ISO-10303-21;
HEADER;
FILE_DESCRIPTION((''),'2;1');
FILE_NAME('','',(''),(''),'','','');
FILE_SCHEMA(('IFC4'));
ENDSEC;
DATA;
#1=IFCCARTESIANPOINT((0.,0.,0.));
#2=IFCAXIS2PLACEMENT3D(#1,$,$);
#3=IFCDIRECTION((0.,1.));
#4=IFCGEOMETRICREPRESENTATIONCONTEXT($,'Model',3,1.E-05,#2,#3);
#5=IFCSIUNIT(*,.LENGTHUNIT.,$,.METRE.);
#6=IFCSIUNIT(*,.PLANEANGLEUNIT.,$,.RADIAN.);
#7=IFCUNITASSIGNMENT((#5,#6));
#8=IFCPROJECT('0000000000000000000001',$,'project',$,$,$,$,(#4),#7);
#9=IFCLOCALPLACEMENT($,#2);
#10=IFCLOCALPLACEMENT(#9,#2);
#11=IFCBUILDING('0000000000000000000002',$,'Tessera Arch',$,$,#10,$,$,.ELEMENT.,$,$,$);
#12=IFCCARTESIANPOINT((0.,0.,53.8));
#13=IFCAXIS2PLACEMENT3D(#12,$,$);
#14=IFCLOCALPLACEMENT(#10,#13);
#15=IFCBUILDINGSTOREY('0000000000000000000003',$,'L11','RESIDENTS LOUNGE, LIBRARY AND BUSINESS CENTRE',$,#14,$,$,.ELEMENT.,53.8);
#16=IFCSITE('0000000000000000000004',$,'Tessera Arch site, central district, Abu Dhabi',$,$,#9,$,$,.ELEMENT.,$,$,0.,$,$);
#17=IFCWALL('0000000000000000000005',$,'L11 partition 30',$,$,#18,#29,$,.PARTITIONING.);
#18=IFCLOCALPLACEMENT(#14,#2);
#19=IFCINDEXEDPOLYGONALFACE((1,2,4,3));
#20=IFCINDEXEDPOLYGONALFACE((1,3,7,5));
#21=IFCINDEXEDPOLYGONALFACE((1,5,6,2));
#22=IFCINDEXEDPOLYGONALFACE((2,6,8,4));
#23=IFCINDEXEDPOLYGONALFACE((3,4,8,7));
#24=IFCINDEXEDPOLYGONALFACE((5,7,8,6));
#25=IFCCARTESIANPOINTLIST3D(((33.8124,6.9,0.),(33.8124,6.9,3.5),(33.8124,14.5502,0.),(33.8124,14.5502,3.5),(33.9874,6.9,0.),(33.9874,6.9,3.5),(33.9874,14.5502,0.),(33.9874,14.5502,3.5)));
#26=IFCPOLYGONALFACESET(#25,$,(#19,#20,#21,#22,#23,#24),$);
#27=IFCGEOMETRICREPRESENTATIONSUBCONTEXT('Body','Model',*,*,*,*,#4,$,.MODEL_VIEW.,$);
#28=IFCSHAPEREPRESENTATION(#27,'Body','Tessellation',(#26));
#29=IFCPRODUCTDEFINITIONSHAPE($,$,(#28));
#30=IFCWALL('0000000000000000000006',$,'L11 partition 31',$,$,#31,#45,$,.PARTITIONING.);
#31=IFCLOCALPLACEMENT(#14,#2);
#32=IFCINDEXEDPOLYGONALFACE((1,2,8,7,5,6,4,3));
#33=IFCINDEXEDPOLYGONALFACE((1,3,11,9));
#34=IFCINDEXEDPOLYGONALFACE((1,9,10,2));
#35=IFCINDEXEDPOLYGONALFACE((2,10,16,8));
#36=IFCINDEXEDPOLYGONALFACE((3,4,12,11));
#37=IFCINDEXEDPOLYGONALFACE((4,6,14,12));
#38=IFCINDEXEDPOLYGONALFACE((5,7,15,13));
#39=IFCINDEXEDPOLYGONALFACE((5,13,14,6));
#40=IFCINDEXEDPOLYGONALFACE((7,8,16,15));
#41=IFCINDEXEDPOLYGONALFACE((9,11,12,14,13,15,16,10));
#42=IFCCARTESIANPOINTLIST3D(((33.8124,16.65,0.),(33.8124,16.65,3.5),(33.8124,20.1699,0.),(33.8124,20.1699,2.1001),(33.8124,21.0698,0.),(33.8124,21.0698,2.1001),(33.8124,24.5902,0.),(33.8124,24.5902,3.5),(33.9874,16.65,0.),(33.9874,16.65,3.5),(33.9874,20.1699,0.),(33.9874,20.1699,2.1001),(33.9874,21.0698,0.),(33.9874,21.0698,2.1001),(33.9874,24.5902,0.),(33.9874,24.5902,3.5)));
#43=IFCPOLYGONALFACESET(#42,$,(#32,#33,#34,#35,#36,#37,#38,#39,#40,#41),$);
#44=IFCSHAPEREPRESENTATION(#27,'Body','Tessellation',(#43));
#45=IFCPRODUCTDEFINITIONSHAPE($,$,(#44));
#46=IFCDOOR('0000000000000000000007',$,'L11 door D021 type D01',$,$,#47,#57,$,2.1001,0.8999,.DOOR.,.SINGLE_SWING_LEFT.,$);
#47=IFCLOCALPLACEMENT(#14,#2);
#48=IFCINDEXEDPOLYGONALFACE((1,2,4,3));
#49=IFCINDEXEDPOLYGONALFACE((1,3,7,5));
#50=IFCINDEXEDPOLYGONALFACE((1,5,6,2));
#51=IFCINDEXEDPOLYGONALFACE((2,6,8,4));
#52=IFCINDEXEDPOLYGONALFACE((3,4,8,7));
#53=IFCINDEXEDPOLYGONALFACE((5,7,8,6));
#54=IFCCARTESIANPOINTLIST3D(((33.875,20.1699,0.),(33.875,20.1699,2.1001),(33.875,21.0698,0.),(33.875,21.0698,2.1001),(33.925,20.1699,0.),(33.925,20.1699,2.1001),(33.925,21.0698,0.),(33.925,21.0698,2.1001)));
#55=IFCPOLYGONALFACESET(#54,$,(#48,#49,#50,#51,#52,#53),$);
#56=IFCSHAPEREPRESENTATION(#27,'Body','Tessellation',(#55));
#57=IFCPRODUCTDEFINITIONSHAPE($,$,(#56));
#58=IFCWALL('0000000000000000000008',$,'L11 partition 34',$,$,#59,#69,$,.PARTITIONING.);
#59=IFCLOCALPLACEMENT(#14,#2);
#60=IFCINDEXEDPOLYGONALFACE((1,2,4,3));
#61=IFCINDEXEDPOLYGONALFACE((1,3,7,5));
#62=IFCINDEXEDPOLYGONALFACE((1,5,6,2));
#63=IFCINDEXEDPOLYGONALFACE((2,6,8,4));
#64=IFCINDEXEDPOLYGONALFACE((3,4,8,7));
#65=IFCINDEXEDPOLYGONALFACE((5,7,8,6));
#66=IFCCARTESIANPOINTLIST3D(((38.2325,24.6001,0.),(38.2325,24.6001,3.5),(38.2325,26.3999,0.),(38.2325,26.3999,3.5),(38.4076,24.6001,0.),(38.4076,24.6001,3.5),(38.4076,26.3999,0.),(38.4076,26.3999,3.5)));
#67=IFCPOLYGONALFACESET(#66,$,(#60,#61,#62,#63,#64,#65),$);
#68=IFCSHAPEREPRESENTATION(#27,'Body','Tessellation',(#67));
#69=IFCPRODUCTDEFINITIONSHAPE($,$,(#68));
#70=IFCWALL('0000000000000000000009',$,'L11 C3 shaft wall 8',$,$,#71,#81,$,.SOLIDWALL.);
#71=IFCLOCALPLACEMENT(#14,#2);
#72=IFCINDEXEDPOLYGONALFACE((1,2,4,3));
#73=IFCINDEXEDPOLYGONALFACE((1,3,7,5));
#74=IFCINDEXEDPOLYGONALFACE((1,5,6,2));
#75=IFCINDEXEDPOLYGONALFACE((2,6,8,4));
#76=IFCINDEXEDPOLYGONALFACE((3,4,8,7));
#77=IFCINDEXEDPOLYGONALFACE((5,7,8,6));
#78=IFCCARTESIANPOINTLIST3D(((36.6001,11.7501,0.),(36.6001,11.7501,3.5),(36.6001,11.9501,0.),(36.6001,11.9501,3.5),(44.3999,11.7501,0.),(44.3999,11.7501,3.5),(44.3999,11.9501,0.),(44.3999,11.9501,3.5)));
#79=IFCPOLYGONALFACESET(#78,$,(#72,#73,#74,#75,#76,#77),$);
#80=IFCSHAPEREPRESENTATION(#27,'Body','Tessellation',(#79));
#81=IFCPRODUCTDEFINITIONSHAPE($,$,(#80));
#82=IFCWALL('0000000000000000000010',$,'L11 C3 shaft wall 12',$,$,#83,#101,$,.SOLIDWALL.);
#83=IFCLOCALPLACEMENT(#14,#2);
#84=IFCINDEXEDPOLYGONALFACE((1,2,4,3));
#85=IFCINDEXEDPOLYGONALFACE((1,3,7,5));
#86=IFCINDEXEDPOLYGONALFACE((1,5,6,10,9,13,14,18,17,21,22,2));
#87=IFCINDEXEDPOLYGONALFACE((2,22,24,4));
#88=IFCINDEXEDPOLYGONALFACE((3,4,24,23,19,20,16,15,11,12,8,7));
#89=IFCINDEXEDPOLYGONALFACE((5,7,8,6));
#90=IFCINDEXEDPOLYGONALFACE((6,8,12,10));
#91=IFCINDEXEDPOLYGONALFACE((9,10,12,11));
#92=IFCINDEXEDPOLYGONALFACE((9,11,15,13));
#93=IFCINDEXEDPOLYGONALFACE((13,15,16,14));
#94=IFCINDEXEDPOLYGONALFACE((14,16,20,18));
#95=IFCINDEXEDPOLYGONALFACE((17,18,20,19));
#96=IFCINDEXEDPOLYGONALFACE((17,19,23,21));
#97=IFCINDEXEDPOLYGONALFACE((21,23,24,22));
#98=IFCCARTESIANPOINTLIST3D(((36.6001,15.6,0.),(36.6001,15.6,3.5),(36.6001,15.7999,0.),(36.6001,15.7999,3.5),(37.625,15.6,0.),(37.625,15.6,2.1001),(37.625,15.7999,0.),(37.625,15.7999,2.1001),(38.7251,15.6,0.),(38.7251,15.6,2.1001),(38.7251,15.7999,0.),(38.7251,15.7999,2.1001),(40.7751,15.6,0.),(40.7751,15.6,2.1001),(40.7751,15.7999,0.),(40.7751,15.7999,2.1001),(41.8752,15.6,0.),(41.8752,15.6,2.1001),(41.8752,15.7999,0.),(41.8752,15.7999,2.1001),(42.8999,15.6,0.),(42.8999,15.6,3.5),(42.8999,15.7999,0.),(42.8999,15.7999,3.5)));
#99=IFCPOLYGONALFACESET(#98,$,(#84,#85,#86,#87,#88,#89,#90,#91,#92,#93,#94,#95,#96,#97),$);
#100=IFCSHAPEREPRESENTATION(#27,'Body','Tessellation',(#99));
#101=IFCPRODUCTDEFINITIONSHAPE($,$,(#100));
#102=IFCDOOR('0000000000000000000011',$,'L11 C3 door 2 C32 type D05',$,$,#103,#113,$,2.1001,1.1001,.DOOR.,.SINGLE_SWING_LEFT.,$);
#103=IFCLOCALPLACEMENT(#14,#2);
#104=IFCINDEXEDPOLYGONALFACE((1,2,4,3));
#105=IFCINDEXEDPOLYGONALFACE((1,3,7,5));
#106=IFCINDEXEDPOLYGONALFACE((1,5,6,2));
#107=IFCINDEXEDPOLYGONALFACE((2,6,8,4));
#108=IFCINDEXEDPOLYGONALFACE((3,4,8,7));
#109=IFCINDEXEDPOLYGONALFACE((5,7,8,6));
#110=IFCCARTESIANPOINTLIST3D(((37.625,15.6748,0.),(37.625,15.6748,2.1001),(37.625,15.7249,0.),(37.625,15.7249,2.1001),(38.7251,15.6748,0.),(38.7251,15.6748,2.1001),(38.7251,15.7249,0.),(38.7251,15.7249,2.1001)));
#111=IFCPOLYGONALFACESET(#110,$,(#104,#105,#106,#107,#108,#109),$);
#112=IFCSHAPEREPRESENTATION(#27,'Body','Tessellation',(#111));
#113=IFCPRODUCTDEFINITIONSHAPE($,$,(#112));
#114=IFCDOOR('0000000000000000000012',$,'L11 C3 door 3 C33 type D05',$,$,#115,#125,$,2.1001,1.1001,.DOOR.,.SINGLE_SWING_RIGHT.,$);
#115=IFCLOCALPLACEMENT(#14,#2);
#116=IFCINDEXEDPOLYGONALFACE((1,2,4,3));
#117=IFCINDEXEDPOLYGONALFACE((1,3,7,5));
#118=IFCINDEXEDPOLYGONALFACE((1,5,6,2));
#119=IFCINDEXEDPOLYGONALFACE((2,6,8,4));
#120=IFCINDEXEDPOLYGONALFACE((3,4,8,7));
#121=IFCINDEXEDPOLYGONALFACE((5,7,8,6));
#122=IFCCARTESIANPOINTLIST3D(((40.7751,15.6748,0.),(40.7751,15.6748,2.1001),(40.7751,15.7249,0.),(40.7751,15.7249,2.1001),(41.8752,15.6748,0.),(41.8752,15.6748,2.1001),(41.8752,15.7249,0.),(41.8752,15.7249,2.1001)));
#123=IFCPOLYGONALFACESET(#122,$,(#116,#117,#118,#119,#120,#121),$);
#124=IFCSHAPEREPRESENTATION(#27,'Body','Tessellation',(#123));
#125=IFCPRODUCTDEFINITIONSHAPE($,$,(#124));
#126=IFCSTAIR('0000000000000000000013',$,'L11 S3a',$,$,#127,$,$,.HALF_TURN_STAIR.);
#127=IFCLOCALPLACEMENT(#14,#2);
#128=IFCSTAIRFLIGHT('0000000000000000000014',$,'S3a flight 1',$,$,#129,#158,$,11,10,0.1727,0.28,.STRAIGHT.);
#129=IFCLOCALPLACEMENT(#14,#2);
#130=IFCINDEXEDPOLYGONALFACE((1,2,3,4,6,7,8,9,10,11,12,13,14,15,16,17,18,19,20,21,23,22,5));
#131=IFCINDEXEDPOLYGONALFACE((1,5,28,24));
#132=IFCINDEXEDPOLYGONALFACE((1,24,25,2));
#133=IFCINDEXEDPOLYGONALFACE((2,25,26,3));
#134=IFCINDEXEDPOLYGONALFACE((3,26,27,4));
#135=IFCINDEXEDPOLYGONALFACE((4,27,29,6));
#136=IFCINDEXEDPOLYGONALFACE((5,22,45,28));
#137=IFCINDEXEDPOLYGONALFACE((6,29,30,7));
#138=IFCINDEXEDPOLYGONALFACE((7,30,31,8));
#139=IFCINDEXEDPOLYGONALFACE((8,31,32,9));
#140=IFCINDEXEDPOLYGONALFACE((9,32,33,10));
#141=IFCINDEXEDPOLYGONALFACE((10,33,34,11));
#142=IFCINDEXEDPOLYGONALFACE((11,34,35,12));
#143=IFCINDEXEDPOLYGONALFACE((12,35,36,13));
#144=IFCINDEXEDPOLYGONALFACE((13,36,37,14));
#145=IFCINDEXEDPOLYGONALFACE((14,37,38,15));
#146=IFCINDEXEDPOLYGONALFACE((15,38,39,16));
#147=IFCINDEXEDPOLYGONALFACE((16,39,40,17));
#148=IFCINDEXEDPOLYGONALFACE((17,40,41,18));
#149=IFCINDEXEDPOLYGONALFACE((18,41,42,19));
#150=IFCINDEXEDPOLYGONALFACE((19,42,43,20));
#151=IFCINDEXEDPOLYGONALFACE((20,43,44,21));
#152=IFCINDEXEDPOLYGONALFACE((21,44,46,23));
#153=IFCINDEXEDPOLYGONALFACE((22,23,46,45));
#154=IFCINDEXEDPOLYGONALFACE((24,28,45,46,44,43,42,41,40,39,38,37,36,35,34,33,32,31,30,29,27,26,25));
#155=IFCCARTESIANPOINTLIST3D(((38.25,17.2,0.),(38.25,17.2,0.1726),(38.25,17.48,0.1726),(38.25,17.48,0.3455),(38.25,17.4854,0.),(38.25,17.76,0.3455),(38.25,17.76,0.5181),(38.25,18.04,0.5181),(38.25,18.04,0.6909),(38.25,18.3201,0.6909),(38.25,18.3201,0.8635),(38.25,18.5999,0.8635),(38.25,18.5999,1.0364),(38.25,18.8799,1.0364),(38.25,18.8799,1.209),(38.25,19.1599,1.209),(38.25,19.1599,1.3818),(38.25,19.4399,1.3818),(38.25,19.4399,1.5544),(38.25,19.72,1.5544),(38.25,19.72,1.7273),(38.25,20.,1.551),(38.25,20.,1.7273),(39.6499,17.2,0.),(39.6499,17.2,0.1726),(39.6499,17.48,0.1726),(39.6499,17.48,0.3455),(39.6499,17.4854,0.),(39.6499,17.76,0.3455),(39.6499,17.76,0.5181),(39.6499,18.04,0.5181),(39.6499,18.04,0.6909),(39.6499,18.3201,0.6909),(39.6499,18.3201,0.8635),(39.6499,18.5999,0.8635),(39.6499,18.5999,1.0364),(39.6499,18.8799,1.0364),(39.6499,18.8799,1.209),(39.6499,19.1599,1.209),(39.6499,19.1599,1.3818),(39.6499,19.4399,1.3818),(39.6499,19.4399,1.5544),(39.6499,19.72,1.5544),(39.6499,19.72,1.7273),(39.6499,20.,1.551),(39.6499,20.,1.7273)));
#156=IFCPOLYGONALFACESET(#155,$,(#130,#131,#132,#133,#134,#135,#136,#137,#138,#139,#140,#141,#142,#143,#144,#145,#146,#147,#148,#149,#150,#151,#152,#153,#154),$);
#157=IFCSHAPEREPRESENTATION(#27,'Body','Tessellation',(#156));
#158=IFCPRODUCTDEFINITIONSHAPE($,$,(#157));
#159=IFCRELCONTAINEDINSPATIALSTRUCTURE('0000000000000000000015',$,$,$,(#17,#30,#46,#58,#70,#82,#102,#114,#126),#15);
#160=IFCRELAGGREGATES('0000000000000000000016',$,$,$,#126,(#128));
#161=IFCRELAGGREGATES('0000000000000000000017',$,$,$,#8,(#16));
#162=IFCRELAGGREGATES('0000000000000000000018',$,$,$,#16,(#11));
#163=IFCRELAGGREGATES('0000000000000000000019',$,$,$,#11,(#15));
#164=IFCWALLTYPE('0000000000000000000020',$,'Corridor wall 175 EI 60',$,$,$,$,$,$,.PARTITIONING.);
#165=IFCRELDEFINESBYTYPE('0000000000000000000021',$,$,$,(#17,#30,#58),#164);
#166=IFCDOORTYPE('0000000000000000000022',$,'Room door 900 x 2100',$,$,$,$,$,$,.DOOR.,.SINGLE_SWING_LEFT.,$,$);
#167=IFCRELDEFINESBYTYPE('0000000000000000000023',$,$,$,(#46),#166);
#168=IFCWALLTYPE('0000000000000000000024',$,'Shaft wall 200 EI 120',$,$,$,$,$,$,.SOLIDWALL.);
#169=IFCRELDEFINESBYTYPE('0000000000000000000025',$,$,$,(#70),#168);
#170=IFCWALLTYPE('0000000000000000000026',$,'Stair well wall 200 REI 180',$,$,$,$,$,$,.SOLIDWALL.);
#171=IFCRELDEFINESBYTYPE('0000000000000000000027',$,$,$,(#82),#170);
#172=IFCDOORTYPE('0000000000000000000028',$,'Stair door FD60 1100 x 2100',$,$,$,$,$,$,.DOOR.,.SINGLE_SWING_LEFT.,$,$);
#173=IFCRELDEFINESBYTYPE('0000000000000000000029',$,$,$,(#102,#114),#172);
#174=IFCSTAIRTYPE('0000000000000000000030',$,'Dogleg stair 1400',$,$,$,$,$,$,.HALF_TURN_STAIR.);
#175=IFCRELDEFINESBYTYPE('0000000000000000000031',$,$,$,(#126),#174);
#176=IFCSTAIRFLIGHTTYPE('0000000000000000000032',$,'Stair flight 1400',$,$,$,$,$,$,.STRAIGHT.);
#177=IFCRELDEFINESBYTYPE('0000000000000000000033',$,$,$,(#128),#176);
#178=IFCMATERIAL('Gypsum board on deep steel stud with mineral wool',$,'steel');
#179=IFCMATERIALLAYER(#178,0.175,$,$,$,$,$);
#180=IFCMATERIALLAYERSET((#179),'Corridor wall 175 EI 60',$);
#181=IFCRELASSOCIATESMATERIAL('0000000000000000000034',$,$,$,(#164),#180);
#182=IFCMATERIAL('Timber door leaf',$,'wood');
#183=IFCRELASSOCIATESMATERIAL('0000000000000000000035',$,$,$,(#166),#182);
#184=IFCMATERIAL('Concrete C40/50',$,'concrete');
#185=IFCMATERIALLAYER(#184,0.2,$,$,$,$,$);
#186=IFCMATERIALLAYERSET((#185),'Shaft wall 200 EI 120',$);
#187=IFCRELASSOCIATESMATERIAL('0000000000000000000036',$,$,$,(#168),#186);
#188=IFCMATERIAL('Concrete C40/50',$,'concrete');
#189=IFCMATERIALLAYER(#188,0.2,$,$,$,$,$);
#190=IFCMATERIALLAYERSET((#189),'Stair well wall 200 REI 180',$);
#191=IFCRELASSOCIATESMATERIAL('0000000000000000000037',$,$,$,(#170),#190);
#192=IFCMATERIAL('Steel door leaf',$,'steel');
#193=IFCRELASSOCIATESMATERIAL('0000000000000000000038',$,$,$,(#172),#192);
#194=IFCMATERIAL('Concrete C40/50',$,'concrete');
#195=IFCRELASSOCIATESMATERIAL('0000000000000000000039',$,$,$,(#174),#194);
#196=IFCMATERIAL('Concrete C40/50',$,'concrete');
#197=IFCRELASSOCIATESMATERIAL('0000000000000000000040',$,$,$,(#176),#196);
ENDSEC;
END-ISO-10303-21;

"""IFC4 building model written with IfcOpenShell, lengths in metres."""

from ifc_helpers import new_model, si_unit, direction, frame, frame_2d, origin, place, context, subcontext, project, spatial, polyline, rectangle, outline, extrude, material, layer, layer_set, type_object, element, fill, aggregate, save


model = new_model("IFC4")

# Units and contexts
model_context = context("Model", 3, precision=1e-05, world=origin(), true_north=direction((0.0, 1.0)))
body_context = subcontext(model_context, "Body", "Model", "MODEL_VIEW")
ifc_project = project(units=[si_unit("LENGTHUNIT", "METRE"), si_unit("PLANEANGLEUNIT", "RADIAN")], contexts=[model_context])

# Site, building, storey
site_placement = place(None, origin())
site = spatial("IfcSite", under=ifc_project, at=site_placement, Name="Tessera Arch site, central district, Abu Dhabi", CompositionType="ELEMENT", RefElevation=0.0)
building_placement = place(site_placement, origin())
building = spatial("IfcBuilding", under=site, at=building_placement, Name="Tessera Arch", CompositionType="ELEMENT")
storey_placement = place(building_placement, frame((0.0, 0.0, 53.8)))
storey = spatial("IfcBuildingStorey", under=building, at=storey_placement, Name="L11", Description="RESIDENTS LOUNGE, LIBRARY AND BUSINESS CENTRE", CompositionType="ELEMENT", Elevation=53.8)

# Shared definitions
ifc_material_1 = material(Name="Gypsum board on deep steel stud with mineral wool", Category="steel")
ifc_layer_1 = layer(ifc_material_1, 0.175)
ifc_layer_set_1 = layer_set([ifc_layer_1], Name="Corridor wall 175 EI 60")
wall_type_1 = type_object("IfcWallType", Name="Corridor wall 175 EI 60", PredefinedType="PARTITIONING", material=ifc_layer_set_1)

# Wall
wall_1_placement = place(storey_placement, frame((33.8999, 6.8999, 0.0), z_axis=(0.0, 0.0, 1.0), x_axis=(0.0, 1.0, 0.0)))
element("IfcWall", 1, at=wall_1_placement, inside=storey, type_object=wall_type_1, Name="L11 partition 30", PredefinedType="PARTITIONING", context=body_context, shape_type="SweptSolid", body=[
    extrude(rectangle(XDim=7.6501, YDim=0.175, at=frame_2d((3.8252, 0.0))), origin(), (0.0, 0.0, 1.0), 3.5),
])

# Wall, opening, door
wall_2_placement = place(storey_placement, frame((33.8999, 16.6499, 0.0), z_axis=(0.0, 0.0, 1.0), x_axis=(0.0, 1.0, 0.0)))
wall_2 = element("IfcWall", 2, at=wall_2_placement, inside=storey, type_object=wall_type_1, Name="L11 partition 31", PredefinedType="PARTITIONING", context=body_context, shape_type="SweptSolid", body=[
    extrude(rectangle(XDim=7.9402, YDim=0.175, at=frame_2d((3.9702, 0.0))), origin(), (0.0, 0.0, 1.0), 3.5),
])
opening_1_placement = place(wall_2_placement, frame((3.52, 0.0, 0.0)))
opening_1 = element("IfcOpeningElement", 3, at=opening_1_placement, cuts=wall_2, PredefinedType="OPENING", context=body_context, shape_type="SweptSolid", body=[
    extrude(rectangle(XDim=0.8999, YDim=2.1001, at=frame_2d((0.45, 1.05))), frame((0.0, 0.0974, 0.0), z_axis=(0.0, -1.0, 0.0), x_axis=(1.0, 0.0, 0.0)), (0.0, 0.0, 1.0), 0.1951),
])
ifc_material_2 = material(Name="Timber door leaf", Category="wood")
door_type_1 = type_object("IfcDoorType", Name="Room door 900 x 2100", OperationType="SINGLE_SWING_LEFT", PredefinedType="DOOR", material=ifc_material_2)
door_1_placement = place(opening_1_placement, origin())
door_1 = element("IfcDoor", 4, at=door_1_placement, inside=storey, type_object=door_type_1, Name="L11 door D021 type D01", OperationType="SINGLE_SWING_LEFT", OverallHeight=2.1001, OverallWidth=0.8999, PredefinedType="DOOR", context=body_context, shape_type="SweptSolid", body=[
    extrude(rectangle(XDim=0.8999, YDim=2.1001, at=frame_2d((0.45, 1.05))), frame((0.0, 0.0249, 0.0), z_axis=(0.0, -1.0, 0.0), x_axis=(1.0, 0.0, 0.0)), (0.0, 0.0, 1.0), 0.05),
])
fill(opening_1, door_1)

# Walls
wall_3_placement = place(storey_placement, frame((38.3201, 24.6001, 0.0), z_axis=(0.0, 0.0, 1.0), x_axis=(0.0, 1.0, 0.0)))
element("IfcWall", 5, at=wall_3_placement, inside=storey, type_object=wall_type_1, Name="L11 partition 34", PredefinedType="PARTITIONING", context=body_context, shape_type="SweptSolid", body=[
    extrude(rectangle(XDim=1.7998, YDim=0.175, at=frame_2d((0.8999, 0.0))), origin(), (0.0, 0.0, 1.0), 3.5),
])
ifc_material_3 = material(Name="Concrete C40/50", Category="concrete")
ifc_layer_2 = layer(ifc_material_3, 0.2)
ifc_layer_set_2 = layer_set([ifc_layer_2], Name="Shaft wall 200 EI 120")
wall_type_2 = type_object("IfcWallType", Name="Shaft wall 200 EI 120", PredefinedType="SOLIDWALL", material=ifc_layer_set_2)
wall_4_placement = place(storey_placement, frame((36.6001, 11.8501, 0.0), z_axis=(0.0, 0.0, 1.0), x_axis=(1.0, 0.0, 0.0)))
element("IfcWall", 6, at=wall_4_placement, inside=storey, type_object=wall_type_2, Name="L11 C3 shaft wall 8", PredefinedType="SOLIDWALL", context=body_context, shape_type="SweptSolid", body=[
    extrude(rectangle(XDim=7.7998, YDim=0.2, at=frame_2d((3.8999, 0.0))), origin(), (0.0, 0.0, 1.0), 3.5),
])

# Wall, openings, doors
ifc_material_4 = material(Name="Concrete C40/50", Category="concrete")
ifc_layer_3 = layer(ifc_material_4, 0.2)
ifc_layer_set_3 = layer_set([ifc_layer_3], Name="Stair well wall 200 REI 180")
wall_type_3 = type_object("IfcWallType", Name="Stair well wall 200 REI 180", PredefinedType="SOLIDWALL", material=ifc_layer_set_3)
wall_5_placement = place(storey_placement, frame((36.6001, 15.7, 0.0), z_axis=(0.0, 0.0, 1.0), x_axis=(1.0, 0.0, 0.0)))
wall_5 = element("IfcWall", 7, at=wall_5_placement, inside=storey, type_object=wall_type_3, Name="L11 C3 shaft wall 12", PredefinedType="SOLIDWALL", context=body_context, shape_type="SweptSolid", body=[
    extrude(rectangle(XDim=6.2998, YDim=0.2, at=frame_2d((3.1499, 0.0))), origin(), (0.0, 0.0, 1.0), 3.5),
])
opening_2_placement = place(wall_5_placement, frame((1.0249, 0.0, 0.0)))
opening_2 = element("IfcOpeningElement", 8, at=opening_2_placement, cuts=wall_5, PredefinedType="OPENING", context=body_context, shape_type="SweptSolid", body=[
    extrude(rectangle(XDim=1.1001, YDim=2.1001, at=frame_2d((0.55, 1.05))), frame((0.0, 0.1099, 0.0), z_axis=(0.0, -1.0, 0.0), x_axis=(1.0, 0.0, 0.0)), (0.0, 0.0, 1.0), 0.22),
])
opening_3_placement = place(wall_5_placement, frame((4.175, 0.0, 0.0)))
opening_3 = element("IfcOpeningElement", 9, at=opening_3_placement, cuts=wall_5, PredefinedType="OPENING", context=body_context, shape_type="SweptSolid", body=[
    extrude(rectangle(XDim=1.1001, YDim=2.1001, at=frame_2d((0.55, 1.05))), frame((0.0, 0.1099, 0.0), z_axis=(0.0, -1.0, 0.0), x_axis=(1.0, 0.0, 0.0)), (0.0, 0.0, 1.0), 0.22),
])
ifc_material_5 = material(Name="Steel door leaf", Category="steel")
door_type_2 = type_object("IfcDoorType", Name="Stair door FD60 1100 x 2100", OperationType="SINGLE_SWING_LEFT", PredefinedType="DOOR", material=ifc_material_5)
door_2_placement = place(opening_2_placement, origin())
door_2 = element("IfcDoor", 10, at=door_2_placement, inside=storey, type_object=door_type_2, Name="L11 C3 door 2 C32 type D05", OperationType="SINGLE_SWING_LEFT", OverallHeight=2.1001, OverallWidth=1.1001, PredefinedType="DOOR", context=body_context, shape_type="SweptSolid", body=[
    extrude(rectangle(XDim=1.1001, YDim=2.1001, at=frame_2d((0.55, 1.05))), frame((0.0, 0.0249, 0.0), z_axis=(0.0, -1.0, 0.0), x_axis=(1.0, 0.0, 0.0)), (0.0, 0.0, 1.0), 0.05),
])
fill(opening_2, door_2)
door_3_placement = place(opening_3_placement, origin())
door_3 = element("IfcDoor", 11, at=door_3_placement, inside=storey, type_object=door_type_2, Name="L11 C3 door 3 C33 type D05", OperationType="SINGLE_SWING_RIGHT", OverallHeight=2.1001, OverallWidth=1.1001, PredefinedType="DOOR", context=body_context, shape_type="SweptSolid", body=[
    extrude(rectangle(XDim=1.1001, YDim=2.1001, at=frame_2d((0.55, 1.05))), frame((0.0, 0.0249, 0.0), z_axis=(0.0, -1.0, 0.0), x_axis=(1.0, 0.0, 0.0)), (0.0, 0.0, 1.0), 0.05),
])
fill(opening_3, door_3)

# Stair, stair flight
ifc_material_6 = material(Name="Concrete C40/50", Category="concrete")
stair_type = type_object("IfcStairType", Name="Dogleg stair 1400", PredefinedType="HALF_TURN_STAIR", material=ifc_material_6)
stair_placement = place(storey_placement, origin())
stair = element("IfcStair", 12, at=stair_placement, inside=storey, type_object=stair_type, Name="L11 S3a", PredefinedType="HALF_TURN_STAIR")
ifc_material_7 = material(Name="Concrete C40/50", Category="concrete")
stair_flight_type = type_object("IfcStairFlightType", Name="Stair flight 1400", PredefinedType="STRAIGHT", material=ifc_material_7)
stair_flight_1_placement = place(storey_placement, frame((38.95, 17.2, 0.0), z_axis=(0.0, 0.0, 1.0), x_axis=(0.0, 1.0, 0.0)))
stair_flight_1 = element("IfcStairFlight", 13, at=stair_flight_1_placement, type_object=stair_flight_type, Name="S3a flight 1", NumberOfRisers=11, NumberOfTreads=10, PredefinedType="STRAIGHT", RiserHeight=0.1727, TreadLength=0.28, context=body_context, shape_type="SweptSolid", body=[
    extrude(outline(polyline([(0.0, 0.0), (0.0, 0.1726), (0.28, 0.1726), (0.28, 0.3455), (0.5601, 0.3455), (0.5601, 0.5181), (0.8401, 0.5181), (0.8401, 0.6909), (1.1201, 0.6909), (1.1201, 0.8635), (1.3999, 0.8635), (1.3999, 1.0364), (1.6799, 1.0364), (1.6799, 1.209), (1.96, 1.209), (1.96, 1.3818), (2.24, 1.3818), (2.24, 1.5544), (2.52, 1.5544), (2.52, 1.7273), (2.8, 1.7273), (2.8, 1.8999), (2.8, 1.551), (0.2854, 0.0), (0.0, 0.0)])), frame((0.0, 0.7, 0.0), z_axis=(0.0, -1.0, 0.0), x_axis=(1.0, 0.0, 0.0)), (0.0, 0.0, 1.0), 1.3999),
])
aggregate(stair, [stair_flight_1])

save(model, "model.ifc")
